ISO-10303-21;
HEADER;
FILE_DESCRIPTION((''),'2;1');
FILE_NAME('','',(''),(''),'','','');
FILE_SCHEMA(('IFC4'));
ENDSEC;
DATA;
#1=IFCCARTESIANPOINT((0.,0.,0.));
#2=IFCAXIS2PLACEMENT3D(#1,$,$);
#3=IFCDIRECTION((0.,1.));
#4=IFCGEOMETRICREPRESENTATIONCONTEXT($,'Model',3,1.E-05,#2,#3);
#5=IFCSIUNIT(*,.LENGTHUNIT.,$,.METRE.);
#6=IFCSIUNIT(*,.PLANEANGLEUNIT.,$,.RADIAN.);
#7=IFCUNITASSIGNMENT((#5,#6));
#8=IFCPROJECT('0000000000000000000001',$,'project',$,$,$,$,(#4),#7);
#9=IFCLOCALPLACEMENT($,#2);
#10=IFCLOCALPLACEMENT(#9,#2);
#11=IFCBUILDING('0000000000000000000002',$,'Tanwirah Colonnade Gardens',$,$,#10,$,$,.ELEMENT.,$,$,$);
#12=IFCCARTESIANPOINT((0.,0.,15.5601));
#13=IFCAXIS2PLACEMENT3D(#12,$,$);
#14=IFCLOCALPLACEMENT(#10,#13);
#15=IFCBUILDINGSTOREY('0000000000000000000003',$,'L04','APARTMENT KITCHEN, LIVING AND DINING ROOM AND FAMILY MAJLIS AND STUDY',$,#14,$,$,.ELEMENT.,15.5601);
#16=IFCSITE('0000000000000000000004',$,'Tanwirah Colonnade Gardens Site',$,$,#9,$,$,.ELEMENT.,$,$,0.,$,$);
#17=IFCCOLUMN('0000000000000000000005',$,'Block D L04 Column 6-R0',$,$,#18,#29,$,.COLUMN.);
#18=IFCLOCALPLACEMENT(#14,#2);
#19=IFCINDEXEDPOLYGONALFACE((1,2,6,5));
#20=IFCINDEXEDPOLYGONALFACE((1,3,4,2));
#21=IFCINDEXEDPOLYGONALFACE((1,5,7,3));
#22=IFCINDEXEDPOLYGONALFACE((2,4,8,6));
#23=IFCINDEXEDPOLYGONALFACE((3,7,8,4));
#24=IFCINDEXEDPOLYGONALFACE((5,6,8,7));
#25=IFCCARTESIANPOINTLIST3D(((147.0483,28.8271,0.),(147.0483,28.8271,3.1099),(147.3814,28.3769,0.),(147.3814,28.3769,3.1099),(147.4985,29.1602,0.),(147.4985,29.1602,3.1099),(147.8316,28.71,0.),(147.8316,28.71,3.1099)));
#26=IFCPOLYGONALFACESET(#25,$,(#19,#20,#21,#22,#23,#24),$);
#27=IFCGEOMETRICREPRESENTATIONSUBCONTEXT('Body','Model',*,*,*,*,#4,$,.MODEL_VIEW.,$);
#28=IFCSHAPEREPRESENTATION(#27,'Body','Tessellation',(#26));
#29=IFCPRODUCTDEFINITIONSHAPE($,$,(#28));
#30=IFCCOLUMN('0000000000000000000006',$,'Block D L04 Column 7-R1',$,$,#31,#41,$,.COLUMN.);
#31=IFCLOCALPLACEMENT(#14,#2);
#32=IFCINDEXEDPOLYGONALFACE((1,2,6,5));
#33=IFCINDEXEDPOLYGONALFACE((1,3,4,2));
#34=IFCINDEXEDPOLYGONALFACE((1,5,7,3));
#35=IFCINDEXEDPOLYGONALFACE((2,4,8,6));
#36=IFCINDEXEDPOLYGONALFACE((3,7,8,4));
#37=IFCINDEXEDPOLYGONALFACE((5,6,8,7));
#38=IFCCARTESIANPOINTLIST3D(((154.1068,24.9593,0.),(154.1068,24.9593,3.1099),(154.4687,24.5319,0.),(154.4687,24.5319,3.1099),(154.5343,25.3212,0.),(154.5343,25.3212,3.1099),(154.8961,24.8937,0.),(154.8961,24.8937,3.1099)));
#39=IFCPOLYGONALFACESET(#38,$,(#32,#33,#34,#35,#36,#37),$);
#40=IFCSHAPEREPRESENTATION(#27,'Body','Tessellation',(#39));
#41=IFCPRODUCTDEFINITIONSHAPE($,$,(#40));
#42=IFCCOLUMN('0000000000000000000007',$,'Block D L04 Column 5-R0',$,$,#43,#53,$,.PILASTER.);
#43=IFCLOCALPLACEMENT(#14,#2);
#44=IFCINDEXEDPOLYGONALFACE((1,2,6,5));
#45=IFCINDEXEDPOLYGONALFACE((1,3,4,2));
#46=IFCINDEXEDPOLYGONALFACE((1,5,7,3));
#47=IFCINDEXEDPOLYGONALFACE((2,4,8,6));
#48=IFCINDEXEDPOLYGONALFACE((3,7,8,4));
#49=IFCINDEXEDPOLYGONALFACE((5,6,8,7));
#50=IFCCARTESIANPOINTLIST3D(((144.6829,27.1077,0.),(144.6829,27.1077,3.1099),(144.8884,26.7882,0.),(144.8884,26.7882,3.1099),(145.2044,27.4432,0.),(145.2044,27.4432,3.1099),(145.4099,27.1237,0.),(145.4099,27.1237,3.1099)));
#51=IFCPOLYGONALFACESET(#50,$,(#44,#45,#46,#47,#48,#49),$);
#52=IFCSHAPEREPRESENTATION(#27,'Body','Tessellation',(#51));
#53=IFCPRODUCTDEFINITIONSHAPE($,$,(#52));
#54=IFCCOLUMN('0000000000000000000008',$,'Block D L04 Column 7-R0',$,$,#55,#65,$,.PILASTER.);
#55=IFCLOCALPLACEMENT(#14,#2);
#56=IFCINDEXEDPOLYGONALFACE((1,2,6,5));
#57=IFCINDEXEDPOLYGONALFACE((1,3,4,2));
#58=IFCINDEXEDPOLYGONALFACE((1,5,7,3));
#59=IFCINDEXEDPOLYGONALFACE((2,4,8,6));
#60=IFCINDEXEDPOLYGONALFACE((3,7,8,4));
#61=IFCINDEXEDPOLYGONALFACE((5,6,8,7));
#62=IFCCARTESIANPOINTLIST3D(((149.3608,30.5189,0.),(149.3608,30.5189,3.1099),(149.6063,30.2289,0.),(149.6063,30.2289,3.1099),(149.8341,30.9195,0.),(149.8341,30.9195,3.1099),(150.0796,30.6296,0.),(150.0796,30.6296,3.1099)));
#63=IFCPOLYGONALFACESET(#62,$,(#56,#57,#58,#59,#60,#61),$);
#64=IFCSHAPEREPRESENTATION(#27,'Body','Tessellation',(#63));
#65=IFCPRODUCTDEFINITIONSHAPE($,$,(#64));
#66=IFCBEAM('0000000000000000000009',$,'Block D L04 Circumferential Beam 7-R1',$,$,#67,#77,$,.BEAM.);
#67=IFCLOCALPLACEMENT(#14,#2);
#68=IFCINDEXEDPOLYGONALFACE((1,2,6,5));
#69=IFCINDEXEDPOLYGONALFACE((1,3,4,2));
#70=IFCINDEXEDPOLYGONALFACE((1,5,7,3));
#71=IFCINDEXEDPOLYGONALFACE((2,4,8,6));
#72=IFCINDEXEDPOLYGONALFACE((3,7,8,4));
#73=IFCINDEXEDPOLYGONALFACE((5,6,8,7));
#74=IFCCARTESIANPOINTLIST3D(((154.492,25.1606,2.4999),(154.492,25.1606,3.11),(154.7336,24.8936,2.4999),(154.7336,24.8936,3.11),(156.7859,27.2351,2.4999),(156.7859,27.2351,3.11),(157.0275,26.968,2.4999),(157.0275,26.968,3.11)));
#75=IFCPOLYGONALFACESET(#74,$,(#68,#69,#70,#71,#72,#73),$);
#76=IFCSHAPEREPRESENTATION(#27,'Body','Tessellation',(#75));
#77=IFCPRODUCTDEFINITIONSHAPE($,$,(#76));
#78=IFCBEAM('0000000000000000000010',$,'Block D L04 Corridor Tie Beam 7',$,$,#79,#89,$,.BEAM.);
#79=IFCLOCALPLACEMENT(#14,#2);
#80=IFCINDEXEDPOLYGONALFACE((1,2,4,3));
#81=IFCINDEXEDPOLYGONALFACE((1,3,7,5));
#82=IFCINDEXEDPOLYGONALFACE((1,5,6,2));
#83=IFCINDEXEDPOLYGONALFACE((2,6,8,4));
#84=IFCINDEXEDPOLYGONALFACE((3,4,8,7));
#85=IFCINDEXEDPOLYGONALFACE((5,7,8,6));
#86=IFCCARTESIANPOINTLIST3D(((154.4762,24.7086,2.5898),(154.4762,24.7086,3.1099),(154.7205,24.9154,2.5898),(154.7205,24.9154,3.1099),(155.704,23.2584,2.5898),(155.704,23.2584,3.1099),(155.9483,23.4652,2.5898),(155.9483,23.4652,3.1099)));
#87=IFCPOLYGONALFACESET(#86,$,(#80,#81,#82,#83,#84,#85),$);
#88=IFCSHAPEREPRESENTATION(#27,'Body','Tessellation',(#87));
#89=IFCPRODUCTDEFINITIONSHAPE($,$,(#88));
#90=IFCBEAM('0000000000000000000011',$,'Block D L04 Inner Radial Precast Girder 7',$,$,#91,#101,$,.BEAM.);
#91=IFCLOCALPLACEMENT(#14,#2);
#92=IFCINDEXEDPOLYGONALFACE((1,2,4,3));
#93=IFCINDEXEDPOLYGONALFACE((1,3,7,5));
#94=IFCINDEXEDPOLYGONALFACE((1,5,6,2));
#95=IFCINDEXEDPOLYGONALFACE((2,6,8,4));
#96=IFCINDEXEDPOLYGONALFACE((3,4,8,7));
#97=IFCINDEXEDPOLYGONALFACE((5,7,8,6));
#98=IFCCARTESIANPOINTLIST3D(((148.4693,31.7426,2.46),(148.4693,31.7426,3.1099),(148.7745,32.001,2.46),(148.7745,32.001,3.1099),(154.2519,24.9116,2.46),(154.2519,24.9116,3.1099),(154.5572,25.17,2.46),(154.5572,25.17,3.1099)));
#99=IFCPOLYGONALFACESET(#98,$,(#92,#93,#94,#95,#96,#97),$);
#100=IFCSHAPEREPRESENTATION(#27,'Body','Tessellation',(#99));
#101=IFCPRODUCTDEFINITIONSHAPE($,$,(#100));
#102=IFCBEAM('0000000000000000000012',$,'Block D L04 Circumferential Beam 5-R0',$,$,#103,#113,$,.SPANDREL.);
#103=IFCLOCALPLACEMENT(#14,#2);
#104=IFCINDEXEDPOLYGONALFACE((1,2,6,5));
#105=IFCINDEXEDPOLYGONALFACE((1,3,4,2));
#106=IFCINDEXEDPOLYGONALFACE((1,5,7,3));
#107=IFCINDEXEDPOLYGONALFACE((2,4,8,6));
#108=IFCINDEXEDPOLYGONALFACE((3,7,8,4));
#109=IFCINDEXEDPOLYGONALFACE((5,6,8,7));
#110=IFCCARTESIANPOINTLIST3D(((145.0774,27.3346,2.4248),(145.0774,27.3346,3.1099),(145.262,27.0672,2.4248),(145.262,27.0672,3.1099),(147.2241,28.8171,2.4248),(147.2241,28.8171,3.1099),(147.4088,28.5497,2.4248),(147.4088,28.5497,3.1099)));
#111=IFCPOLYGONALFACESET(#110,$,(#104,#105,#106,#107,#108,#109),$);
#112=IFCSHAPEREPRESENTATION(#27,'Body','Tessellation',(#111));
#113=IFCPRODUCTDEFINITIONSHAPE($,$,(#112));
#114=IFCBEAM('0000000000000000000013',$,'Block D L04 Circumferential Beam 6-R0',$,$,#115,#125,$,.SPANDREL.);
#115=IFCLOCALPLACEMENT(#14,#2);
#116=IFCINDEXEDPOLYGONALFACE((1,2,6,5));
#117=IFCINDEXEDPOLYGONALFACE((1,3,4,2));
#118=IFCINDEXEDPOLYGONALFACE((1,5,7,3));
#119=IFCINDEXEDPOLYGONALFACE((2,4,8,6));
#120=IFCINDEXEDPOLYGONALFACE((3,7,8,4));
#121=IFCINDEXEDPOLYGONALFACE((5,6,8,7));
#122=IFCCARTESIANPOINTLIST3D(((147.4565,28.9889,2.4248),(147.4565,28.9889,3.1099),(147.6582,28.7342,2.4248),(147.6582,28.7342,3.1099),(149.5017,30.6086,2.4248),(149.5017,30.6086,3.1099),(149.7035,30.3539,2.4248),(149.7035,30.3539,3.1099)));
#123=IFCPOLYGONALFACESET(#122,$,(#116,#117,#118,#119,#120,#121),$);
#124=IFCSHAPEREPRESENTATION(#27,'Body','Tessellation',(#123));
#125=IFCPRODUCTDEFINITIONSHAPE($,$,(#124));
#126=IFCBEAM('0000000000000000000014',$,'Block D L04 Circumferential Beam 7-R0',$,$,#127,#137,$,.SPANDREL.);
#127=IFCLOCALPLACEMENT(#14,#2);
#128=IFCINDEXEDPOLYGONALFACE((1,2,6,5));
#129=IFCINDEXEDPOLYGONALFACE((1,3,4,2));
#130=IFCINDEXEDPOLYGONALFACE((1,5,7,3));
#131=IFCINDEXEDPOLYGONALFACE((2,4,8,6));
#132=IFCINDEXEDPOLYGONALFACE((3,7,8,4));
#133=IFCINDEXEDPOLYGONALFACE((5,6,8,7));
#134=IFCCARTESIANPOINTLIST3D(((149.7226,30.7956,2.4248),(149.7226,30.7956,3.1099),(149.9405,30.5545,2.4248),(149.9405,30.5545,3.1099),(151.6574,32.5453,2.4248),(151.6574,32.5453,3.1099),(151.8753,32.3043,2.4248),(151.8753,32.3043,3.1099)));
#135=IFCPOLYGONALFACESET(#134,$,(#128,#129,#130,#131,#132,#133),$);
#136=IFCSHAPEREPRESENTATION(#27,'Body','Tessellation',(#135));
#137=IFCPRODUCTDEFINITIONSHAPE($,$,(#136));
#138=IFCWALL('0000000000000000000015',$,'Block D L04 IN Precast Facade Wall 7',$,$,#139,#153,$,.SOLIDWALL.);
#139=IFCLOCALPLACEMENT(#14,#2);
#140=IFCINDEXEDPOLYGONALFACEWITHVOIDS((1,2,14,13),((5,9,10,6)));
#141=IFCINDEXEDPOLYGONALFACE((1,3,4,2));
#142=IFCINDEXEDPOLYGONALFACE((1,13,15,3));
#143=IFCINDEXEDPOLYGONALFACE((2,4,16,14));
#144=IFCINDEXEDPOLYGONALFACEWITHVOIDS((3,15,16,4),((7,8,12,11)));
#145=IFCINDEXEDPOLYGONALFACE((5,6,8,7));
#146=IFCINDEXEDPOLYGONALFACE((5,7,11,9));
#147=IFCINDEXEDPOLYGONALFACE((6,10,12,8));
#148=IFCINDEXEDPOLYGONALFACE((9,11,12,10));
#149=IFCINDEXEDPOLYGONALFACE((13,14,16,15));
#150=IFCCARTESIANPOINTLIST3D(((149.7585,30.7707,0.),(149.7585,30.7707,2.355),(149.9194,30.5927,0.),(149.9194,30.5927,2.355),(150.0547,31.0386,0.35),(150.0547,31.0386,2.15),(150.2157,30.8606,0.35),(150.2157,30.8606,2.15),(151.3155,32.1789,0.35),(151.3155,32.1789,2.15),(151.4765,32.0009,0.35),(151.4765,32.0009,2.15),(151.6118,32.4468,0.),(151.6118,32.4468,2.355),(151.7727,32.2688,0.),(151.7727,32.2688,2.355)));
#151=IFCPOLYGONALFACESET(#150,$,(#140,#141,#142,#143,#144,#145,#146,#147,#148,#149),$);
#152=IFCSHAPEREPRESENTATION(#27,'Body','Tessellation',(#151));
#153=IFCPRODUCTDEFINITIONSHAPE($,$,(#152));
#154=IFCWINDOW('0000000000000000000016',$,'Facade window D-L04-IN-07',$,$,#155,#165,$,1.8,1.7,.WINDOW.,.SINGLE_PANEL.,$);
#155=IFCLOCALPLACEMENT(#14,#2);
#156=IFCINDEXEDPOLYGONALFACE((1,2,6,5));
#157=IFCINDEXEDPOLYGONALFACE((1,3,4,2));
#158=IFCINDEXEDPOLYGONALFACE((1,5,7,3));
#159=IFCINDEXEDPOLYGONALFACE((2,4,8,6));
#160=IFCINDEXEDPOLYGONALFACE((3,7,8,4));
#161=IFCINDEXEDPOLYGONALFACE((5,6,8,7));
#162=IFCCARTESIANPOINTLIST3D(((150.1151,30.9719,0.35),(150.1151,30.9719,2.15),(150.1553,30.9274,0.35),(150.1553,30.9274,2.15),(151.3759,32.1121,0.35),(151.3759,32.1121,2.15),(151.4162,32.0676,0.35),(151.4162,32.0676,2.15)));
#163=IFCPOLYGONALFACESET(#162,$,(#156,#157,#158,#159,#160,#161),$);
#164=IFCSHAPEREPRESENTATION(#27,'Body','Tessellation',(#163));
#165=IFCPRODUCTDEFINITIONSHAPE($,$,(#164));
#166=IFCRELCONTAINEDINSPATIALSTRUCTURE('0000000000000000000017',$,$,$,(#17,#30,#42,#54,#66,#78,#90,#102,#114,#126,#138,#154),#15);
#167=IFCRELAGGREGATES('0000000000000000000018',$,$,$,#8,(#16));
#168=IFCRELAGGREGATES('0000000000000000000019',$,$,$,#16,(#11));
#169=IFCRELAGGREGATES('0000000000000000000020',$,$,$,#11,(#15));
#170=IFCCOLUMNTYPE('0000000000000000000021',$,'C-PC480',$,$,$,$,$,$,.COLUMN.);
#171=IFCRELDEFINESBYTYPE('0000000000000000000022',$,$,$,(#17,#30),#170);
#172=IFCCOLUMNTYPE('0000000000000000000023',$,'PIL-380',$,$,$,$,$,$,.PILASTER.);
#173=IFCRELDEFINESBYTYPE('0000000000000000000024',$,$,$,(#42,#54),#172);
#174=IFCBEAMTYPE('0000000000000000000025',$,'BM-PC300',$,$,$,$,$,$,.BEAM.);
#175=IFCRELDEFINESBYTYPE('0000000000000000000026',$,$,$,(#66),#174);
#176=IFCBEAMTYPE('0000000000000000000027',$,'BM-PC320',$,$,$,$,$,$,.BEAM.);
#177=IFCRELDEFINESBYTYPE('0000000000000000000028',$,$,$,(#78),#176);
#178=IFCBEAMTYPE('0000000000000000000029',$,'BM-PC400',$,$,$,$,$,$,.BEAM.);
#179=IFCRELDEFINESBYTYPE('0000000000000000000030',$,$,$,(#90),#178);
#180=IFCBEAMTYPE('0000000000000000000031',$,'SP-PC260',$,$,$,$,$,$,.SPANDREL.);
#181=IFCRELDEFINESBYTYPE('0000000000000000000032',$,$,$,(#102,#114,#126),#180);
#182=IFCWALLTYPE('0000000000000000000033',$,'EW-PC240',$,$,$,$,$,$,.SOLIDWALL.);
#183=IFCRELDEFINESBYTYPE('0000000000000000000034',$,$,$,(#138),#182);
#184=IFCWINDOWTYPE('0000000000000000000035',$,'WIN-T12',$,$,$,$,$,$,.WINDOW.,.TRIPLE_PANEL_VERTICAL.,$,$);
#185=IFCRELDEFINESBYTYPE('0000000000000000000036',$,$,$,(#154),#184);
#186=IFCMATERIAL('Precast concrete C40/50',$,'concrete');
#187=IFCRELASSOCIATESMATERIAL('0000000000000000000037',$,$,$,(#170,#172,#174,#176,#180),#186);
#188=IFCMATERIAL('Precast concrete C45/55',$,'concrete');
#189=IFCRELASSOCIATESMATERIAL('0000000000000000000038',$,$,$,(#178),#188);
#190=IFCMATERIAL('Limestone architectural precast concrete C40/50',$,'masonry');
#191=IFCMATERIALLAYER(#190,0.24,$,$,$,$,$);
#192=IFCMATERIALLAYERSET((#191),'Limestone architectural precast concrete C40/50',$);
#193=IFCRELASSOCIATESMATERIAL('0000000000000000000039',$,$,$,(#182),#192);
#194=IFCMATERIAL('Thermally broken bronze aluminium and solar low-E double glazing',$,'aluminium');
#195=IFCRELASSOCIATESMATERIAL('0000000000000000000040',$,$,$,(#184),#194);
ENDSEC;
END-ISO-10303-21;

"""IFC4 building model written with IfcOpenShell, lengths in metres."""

from ifc_helpers import new_model, si_unit, direction, frame, frame_2d, origin, origin_2d, place, context, subcontext, project, spatial, rectangle, extrude, material, layer, layer_set, material_profile, profile_set, type_object, element, fill, save


model = new_model("IFC4")

# Units and contexts
model_context = context("Model", 3, precision=1e-05, world=origin(), true_north=direction((0.0, 1.0)))
body_context = subcontext(model_context, "Body", "Model", "MODEL_VIEW")
ifc_project = project(units=[si_unit("LENGTHUNIT", "METRE"), si_unit("PLANEANGLEUNIT", "RADIAN")], contexts=[model_context])

# Site, building, storey
site_placement = place(None, origin())
site = spatial("IfcSite", under=ifc_project, at=site_placement, Name="Tanwirah Colonnade Gardens Site", CompositionType="ELEMENT", RefElevation=0.0)
building_placement = place(site_placement, origin())
building = spatial("IfcBuilding", under=site, at=building_placement, Name="Tanwirah Colonnade Gardens", CompositionType="ELEMENT")
storey_placement = place(building_placement, frame((0.0, 0.0, 15.5601)))
storey = spatial("IfcBuildingStorey", under=building, at=storey_placement, Name="L04", Description="APARTMENT KITCHEN, LIVING AND DINING ROOM AND FAMILY MAJLIS AND STUDY", CompositionType="ELEMENT", Elevation=15.5601)

# Columns
ifc_material_1 = material(Name="Precast concrete C40/50", Category="concrete")
ifc_material_profile_1 = material_profile(ifc_material_1, rectangle(XDim=0.5601, YDim=0.5601, at=origin_2d()), Name="PC-COL 560x560")
ifc_profile_set_1 = profile_set([ifc_material_profile_1], Name="Precast concrete C40/50")
column_type_1 = type_object("IfcColumnType", Name="C-PC480", PredefinedType="COLUMN", material=ifc_profile_set_1)
for number, where, z_axis, x_axis, name in (
    (1, (147.4399, 28.7686, 0.0), (0.0, 0.0, 1.0), (0.594823, -0.803857, 0.0), "Block D L04 Column 6-R0"),
    (2, (154.5015, 24.9265, 0.0), (0.0, 0.0, 1.0), (0.646124, -0.763232, 0.0), "Block D L04 Column 7-R1"),
):
    element("IfcColumn", number, at=place(storey_placement, frame(where, z_axis=z_axis, x_axis=x_axis)), inside=storey, type_object=column_type_1, Name=name, PredefinedType="COLUMN", context=body_context, shape_type="SweptSolid", body=[
        extrude(rectangle(XDim=0.5601, YDim=0.5601, at=origin_2d()), origin(), (0.0, 0.0, 1.0), 3.1099),
    ])
ifc_material_profile_2 = material_profile(ifc_material_1, rectangle(XDim=0.3799, YDim=0.6201, at=origin_2d()), Name="PC-PIL 380x620")
ifc_profile_set_2 = profile_set([ifc_material_profile_2], Name="Precast concrete C40/50")
column_type_2 = type_object("IfcColumnType", Name="PIL-380", PredefinedType="PILASTER", material=ifc_profile_set_2)
for number, where, z_axis, x_axis, name in (
    (3, (145.0464, 27.1157, 0.0), (0.0, 0.0, 1.0), (0.540974, -0.841039, 0.0), "Block D L04 Column 5-R0"),
    (4, (149.7202, 30.5742, 0.0), (0.0, 0.0, 1.0), (0.646124, -0.763232, 0.0), "Block D L04 Column 7-R0"),
):
    element("IfcColumn", number, at=place(storey_placement, frame(where, z_axis=z_axis, x_axis=x_axis)), inside=storey, type_object=column_type_2, Name=name, PredefinedType="PILASTER", context=body_context, shape_type="SweptSolid", body=[
        extrude(rectangle(XDim=0.3799, YDim=0.6201, at=origin_2d()), origin(), (0.0, 0.0, 1.0), 3.1099),
    ])

# Beams
ifc_material_profile_3 = material_profile(ifc_material_1, rectangle(XDim=0.3601, YDim=0.6101, at=origin_2d()), Name="PC-BM 360x610")
ifc_profile_set_3 = profile_set([ifc_material_profile_3], Name="Precast concrete C40/50")
beam_type_1 = type_object("IfcBeamType", Name="BM-PC300", PredefinedType="BEAM", material=ifc_profile_set_3)
beam_1_placement = place(storey_placement, frame((154.6128, 25.0271, 2.8049), z_axis=(0.741698, 0.670733, 0.0), x_axis=(-0.670733, 0.741698, 0.0)))
element("IfcBeam", 5, at=beam_1_placement, inside=storey, type_object=beam_type_1, Name="Block D L04 Circumferential Beam 7-R1", PredefinedType="BEAM", context=body_context, shape_type="SweptSolid", body=[
    extrude(rectangle(XDim=0.3601, YDim=0.6101, at=origin_2d()), origin(), (0.0, 0.0, 1.0), 3.0928),
])
ifc_material_profile_4 = material_profile(ifc_material_1, rectangle(XDim=0.3201, YDim=0.52, at=origin_2d()), Name="PC-BM 320x520")
ifc_profile_set_4 = profile_set([ifc_material_profile_4], Name="Precast concrete C40/50")
beam_type_2 = type_object("IfcBeamType", Name="BM-PC320", PredefinedType="BEAM", material=ifc_profile_set_4)
beam_2_placement = place(storey_placement, frame((154.5984, 24.812, 2.8499), z_axis=(0.646155, -0.763206, 0.0), x_axis=(0.763206, 0.646155, 0.0)))
element("IfcBeam", 6, at=beam_2_placement, inside=storey, type_object=beam_type_2, Name="Block D L04 Corridor Tie Beam 7", PredefinedType="BEAM", context=body_context, shape_type="SweptSolid", body=[
    extrude(rectangle(XDim=0.3201, YDim=0.52, at=origin_2d()), origin(), (0.0, 0.0, 1.0), 1.9001),
])
ifc_material_2 = material(Name="Precast concrete C45/55", Category="concrete")
ifc_material_profile_5 = material_profile(ifc_material_2, rectangle(XDim=0.3999, YDim=0.6499, at=origin_2d()), Name="PC-BM 400x650")
ifc_profile_set_5 = profile_set([ifc_material_profile_5], Name="Precast concrete C45/55")
beam_type_3 = type_object("IfcBeamType", Name="BM-PC400", PredefinedType="BEAM", material=ifc_profile_set_5)
beam_3_placement = place(storey_placement, frame((154.4045, 25.0408, 2.7849), z_axis=(-0.646111, 0.763243, 0.0), x_axis=(-0.763243, -0.646111, 0.0)))
element("IfcBeam", 7, at=beam_3_placement, inside=storey, type_object=beam_type_3, Name="Block D L04 Inner Radial Precast Girder 7", PredefinedType="BEAM", context=body_context, shape_type="SweptSolid", body=[
    extrude(rectangle(XDim=0.3999, YDim=0.6499, at=origin_2d()), origin(), (0.0, 0.0, 1.0), 8.95),
])
ifc_material_profile_6 = material_profile(ifc_material_1, rectangle(XDim=0.325, YDim=0.6851, at=origin_2d()), Name="PC-SP 325x685")
ifc_profile_set_6 = profile_set([ifc_material_profile_6], Name="Precast concrete C40/50")
beam_type_4 = type_object("IfcBeamType", Name="SP-PC260", PredefinedType="SPANDREL", material=ifc_profile_set_6)
for number, where, z_axis, x_axis, name in (
    (8, (145.1697, 27.2009, 2.7673), (0.822869, 0.568231, 0.0), (-0.568231, 0.822869, 0.0), "Block D L04 Circumferential Beam 5-R0"),
    (9, (147.5574, 28.8616, 2.7673), (0.783945, 0.62083, 0.0), (-0.62083, 0.783945, 0.0), "Block D L04 Circumferential Beam 6-R0"),
):
    element("IfcBeam", number, at=place(storey_placement, frame(where, z_axis=z_axis, x_axis=x_axis)), inside=storey, type_object=beam_type_4, Name=name, PredefinedType="SPANDREL", context=body_context, shape_type="SweptSolid", body=[
        extrude(rectangle(XDim=0.325, YDim=0.6851, at=origin_2d()), origin(), (0.0, 0.0, 1.0), 2.6089),
    ])
beam_4_placement = place(storey_placement, frame((149.8315, 30.675, 2.7673), z_axis=(0.741687, 0.670747, 0.0), x_axis=(-0.670747, 0.741687, 0.0)))
element("IfcBeam", 10, at=beam_4_placement, inside=storey, type_object=beam_type_4, Name="Block D L04 Circumferential Beam 7-R0", PredefinedType="SPANDREL", context=body_context, shape_type="SweptSolid", body=[
    extrude(rectangle(XDim=0.325, YDim=0.6851, at=origin_2d()), origin(), (0.0, 0.0, 1.0), 2.6086),
])

# Wall, opening, window
ifc_material_3 = material(Name="Limestone architectural precast concrete C40/50", Category="masonry")
ifc_layer_1 = layer(ifc_material_3, 0.24)
ifc_layer_set_1 = layer_set([ifc_layer_1], Name="Limestone architectural precast concrete C40/50")
wall_type_1 = type_object("IfcWallType", Name="EW-PC240", PredefinedType="SOLIDWALL", material=ifc_layer_set_1)
wall_1_placement = place(storey_placement, frame((149.8389, 30.6816, 0.0), z_axis=(0.0, 0.0, 1.0), x_axis=(0.741684, 0.67075, 0.0)))
wall_1 = element("IfcWall", 11, at=wall_1_placement, inside=storey, type_object=wall_type_1, Name="Block D L04 IN Precast Facade Wall 7", PredefinedType="SOLIDWALL", context=body_context, shape_type="SweptSolid", body=[
    extrude(rectangle(XDim=2.4988, YDim=0.24, at=frame_2d((1.2495, 0.0))), origin(), (0.0, 0.0, 1.0), 2.355),
])
opening_1_placement = place(wall_1_placement, frame((0.3994, 0.0, 0.3501)))
opening_1 = element("IfcOpeningElement", 12, at=opening_1_placement, cuts=wall_1, PredefinedType="OPENING", context=body_context, shape_type="SweptSolid", body=[
    extrude(rectangle(XDim=1.7, YDim=1.8, at=frame_2d((0.8501, 0.8999))), frame((0.0, 0.1299, 0.0), z_axis=(0.0, -1.0, 0.0), x_axis=(1.0, 0.0, 0.0)), (0.0, 0.0, 1.0), 0.26),
])
ifc_material_4 = material(Name="Thermally broken bronze aluminium and solar low-E double glazing", Category="aluminium")
window_type = type_object("IfcWindowType", Name="WIN-T12", PartitioningType="TRIPLE_PANEL_VERTICAL", PredefinedType="WINDOW", material=ifc_material_4)
window_placement = place(opening_1_placement, origin())
window = element("IfcWindow", 13, at=window_placement, inside=storey, type_object=window_type, Name="Facade window D-L04-IN-07", OverallHeight=1.8, OverallWidth=1.7, PartitioningType="SINGLE_PANEL", PredefinedType="WINDOW", context=body_context, shape_type="SweptSolid", body=[
    extrude(rectangle(XDim=1.7, YDim=1.8, at=frame_2d((0.8501, 0.8999))), frame((0.0, 0.03, 0.0), z_axis=(0.0, -1.0, 0.0), x_axis=(1.0, 0.0, 0.0)), (0.0, 0.0, 1.0), 0.0601),
])
fill(opening_1, window)

save(model, "model.ifc")
